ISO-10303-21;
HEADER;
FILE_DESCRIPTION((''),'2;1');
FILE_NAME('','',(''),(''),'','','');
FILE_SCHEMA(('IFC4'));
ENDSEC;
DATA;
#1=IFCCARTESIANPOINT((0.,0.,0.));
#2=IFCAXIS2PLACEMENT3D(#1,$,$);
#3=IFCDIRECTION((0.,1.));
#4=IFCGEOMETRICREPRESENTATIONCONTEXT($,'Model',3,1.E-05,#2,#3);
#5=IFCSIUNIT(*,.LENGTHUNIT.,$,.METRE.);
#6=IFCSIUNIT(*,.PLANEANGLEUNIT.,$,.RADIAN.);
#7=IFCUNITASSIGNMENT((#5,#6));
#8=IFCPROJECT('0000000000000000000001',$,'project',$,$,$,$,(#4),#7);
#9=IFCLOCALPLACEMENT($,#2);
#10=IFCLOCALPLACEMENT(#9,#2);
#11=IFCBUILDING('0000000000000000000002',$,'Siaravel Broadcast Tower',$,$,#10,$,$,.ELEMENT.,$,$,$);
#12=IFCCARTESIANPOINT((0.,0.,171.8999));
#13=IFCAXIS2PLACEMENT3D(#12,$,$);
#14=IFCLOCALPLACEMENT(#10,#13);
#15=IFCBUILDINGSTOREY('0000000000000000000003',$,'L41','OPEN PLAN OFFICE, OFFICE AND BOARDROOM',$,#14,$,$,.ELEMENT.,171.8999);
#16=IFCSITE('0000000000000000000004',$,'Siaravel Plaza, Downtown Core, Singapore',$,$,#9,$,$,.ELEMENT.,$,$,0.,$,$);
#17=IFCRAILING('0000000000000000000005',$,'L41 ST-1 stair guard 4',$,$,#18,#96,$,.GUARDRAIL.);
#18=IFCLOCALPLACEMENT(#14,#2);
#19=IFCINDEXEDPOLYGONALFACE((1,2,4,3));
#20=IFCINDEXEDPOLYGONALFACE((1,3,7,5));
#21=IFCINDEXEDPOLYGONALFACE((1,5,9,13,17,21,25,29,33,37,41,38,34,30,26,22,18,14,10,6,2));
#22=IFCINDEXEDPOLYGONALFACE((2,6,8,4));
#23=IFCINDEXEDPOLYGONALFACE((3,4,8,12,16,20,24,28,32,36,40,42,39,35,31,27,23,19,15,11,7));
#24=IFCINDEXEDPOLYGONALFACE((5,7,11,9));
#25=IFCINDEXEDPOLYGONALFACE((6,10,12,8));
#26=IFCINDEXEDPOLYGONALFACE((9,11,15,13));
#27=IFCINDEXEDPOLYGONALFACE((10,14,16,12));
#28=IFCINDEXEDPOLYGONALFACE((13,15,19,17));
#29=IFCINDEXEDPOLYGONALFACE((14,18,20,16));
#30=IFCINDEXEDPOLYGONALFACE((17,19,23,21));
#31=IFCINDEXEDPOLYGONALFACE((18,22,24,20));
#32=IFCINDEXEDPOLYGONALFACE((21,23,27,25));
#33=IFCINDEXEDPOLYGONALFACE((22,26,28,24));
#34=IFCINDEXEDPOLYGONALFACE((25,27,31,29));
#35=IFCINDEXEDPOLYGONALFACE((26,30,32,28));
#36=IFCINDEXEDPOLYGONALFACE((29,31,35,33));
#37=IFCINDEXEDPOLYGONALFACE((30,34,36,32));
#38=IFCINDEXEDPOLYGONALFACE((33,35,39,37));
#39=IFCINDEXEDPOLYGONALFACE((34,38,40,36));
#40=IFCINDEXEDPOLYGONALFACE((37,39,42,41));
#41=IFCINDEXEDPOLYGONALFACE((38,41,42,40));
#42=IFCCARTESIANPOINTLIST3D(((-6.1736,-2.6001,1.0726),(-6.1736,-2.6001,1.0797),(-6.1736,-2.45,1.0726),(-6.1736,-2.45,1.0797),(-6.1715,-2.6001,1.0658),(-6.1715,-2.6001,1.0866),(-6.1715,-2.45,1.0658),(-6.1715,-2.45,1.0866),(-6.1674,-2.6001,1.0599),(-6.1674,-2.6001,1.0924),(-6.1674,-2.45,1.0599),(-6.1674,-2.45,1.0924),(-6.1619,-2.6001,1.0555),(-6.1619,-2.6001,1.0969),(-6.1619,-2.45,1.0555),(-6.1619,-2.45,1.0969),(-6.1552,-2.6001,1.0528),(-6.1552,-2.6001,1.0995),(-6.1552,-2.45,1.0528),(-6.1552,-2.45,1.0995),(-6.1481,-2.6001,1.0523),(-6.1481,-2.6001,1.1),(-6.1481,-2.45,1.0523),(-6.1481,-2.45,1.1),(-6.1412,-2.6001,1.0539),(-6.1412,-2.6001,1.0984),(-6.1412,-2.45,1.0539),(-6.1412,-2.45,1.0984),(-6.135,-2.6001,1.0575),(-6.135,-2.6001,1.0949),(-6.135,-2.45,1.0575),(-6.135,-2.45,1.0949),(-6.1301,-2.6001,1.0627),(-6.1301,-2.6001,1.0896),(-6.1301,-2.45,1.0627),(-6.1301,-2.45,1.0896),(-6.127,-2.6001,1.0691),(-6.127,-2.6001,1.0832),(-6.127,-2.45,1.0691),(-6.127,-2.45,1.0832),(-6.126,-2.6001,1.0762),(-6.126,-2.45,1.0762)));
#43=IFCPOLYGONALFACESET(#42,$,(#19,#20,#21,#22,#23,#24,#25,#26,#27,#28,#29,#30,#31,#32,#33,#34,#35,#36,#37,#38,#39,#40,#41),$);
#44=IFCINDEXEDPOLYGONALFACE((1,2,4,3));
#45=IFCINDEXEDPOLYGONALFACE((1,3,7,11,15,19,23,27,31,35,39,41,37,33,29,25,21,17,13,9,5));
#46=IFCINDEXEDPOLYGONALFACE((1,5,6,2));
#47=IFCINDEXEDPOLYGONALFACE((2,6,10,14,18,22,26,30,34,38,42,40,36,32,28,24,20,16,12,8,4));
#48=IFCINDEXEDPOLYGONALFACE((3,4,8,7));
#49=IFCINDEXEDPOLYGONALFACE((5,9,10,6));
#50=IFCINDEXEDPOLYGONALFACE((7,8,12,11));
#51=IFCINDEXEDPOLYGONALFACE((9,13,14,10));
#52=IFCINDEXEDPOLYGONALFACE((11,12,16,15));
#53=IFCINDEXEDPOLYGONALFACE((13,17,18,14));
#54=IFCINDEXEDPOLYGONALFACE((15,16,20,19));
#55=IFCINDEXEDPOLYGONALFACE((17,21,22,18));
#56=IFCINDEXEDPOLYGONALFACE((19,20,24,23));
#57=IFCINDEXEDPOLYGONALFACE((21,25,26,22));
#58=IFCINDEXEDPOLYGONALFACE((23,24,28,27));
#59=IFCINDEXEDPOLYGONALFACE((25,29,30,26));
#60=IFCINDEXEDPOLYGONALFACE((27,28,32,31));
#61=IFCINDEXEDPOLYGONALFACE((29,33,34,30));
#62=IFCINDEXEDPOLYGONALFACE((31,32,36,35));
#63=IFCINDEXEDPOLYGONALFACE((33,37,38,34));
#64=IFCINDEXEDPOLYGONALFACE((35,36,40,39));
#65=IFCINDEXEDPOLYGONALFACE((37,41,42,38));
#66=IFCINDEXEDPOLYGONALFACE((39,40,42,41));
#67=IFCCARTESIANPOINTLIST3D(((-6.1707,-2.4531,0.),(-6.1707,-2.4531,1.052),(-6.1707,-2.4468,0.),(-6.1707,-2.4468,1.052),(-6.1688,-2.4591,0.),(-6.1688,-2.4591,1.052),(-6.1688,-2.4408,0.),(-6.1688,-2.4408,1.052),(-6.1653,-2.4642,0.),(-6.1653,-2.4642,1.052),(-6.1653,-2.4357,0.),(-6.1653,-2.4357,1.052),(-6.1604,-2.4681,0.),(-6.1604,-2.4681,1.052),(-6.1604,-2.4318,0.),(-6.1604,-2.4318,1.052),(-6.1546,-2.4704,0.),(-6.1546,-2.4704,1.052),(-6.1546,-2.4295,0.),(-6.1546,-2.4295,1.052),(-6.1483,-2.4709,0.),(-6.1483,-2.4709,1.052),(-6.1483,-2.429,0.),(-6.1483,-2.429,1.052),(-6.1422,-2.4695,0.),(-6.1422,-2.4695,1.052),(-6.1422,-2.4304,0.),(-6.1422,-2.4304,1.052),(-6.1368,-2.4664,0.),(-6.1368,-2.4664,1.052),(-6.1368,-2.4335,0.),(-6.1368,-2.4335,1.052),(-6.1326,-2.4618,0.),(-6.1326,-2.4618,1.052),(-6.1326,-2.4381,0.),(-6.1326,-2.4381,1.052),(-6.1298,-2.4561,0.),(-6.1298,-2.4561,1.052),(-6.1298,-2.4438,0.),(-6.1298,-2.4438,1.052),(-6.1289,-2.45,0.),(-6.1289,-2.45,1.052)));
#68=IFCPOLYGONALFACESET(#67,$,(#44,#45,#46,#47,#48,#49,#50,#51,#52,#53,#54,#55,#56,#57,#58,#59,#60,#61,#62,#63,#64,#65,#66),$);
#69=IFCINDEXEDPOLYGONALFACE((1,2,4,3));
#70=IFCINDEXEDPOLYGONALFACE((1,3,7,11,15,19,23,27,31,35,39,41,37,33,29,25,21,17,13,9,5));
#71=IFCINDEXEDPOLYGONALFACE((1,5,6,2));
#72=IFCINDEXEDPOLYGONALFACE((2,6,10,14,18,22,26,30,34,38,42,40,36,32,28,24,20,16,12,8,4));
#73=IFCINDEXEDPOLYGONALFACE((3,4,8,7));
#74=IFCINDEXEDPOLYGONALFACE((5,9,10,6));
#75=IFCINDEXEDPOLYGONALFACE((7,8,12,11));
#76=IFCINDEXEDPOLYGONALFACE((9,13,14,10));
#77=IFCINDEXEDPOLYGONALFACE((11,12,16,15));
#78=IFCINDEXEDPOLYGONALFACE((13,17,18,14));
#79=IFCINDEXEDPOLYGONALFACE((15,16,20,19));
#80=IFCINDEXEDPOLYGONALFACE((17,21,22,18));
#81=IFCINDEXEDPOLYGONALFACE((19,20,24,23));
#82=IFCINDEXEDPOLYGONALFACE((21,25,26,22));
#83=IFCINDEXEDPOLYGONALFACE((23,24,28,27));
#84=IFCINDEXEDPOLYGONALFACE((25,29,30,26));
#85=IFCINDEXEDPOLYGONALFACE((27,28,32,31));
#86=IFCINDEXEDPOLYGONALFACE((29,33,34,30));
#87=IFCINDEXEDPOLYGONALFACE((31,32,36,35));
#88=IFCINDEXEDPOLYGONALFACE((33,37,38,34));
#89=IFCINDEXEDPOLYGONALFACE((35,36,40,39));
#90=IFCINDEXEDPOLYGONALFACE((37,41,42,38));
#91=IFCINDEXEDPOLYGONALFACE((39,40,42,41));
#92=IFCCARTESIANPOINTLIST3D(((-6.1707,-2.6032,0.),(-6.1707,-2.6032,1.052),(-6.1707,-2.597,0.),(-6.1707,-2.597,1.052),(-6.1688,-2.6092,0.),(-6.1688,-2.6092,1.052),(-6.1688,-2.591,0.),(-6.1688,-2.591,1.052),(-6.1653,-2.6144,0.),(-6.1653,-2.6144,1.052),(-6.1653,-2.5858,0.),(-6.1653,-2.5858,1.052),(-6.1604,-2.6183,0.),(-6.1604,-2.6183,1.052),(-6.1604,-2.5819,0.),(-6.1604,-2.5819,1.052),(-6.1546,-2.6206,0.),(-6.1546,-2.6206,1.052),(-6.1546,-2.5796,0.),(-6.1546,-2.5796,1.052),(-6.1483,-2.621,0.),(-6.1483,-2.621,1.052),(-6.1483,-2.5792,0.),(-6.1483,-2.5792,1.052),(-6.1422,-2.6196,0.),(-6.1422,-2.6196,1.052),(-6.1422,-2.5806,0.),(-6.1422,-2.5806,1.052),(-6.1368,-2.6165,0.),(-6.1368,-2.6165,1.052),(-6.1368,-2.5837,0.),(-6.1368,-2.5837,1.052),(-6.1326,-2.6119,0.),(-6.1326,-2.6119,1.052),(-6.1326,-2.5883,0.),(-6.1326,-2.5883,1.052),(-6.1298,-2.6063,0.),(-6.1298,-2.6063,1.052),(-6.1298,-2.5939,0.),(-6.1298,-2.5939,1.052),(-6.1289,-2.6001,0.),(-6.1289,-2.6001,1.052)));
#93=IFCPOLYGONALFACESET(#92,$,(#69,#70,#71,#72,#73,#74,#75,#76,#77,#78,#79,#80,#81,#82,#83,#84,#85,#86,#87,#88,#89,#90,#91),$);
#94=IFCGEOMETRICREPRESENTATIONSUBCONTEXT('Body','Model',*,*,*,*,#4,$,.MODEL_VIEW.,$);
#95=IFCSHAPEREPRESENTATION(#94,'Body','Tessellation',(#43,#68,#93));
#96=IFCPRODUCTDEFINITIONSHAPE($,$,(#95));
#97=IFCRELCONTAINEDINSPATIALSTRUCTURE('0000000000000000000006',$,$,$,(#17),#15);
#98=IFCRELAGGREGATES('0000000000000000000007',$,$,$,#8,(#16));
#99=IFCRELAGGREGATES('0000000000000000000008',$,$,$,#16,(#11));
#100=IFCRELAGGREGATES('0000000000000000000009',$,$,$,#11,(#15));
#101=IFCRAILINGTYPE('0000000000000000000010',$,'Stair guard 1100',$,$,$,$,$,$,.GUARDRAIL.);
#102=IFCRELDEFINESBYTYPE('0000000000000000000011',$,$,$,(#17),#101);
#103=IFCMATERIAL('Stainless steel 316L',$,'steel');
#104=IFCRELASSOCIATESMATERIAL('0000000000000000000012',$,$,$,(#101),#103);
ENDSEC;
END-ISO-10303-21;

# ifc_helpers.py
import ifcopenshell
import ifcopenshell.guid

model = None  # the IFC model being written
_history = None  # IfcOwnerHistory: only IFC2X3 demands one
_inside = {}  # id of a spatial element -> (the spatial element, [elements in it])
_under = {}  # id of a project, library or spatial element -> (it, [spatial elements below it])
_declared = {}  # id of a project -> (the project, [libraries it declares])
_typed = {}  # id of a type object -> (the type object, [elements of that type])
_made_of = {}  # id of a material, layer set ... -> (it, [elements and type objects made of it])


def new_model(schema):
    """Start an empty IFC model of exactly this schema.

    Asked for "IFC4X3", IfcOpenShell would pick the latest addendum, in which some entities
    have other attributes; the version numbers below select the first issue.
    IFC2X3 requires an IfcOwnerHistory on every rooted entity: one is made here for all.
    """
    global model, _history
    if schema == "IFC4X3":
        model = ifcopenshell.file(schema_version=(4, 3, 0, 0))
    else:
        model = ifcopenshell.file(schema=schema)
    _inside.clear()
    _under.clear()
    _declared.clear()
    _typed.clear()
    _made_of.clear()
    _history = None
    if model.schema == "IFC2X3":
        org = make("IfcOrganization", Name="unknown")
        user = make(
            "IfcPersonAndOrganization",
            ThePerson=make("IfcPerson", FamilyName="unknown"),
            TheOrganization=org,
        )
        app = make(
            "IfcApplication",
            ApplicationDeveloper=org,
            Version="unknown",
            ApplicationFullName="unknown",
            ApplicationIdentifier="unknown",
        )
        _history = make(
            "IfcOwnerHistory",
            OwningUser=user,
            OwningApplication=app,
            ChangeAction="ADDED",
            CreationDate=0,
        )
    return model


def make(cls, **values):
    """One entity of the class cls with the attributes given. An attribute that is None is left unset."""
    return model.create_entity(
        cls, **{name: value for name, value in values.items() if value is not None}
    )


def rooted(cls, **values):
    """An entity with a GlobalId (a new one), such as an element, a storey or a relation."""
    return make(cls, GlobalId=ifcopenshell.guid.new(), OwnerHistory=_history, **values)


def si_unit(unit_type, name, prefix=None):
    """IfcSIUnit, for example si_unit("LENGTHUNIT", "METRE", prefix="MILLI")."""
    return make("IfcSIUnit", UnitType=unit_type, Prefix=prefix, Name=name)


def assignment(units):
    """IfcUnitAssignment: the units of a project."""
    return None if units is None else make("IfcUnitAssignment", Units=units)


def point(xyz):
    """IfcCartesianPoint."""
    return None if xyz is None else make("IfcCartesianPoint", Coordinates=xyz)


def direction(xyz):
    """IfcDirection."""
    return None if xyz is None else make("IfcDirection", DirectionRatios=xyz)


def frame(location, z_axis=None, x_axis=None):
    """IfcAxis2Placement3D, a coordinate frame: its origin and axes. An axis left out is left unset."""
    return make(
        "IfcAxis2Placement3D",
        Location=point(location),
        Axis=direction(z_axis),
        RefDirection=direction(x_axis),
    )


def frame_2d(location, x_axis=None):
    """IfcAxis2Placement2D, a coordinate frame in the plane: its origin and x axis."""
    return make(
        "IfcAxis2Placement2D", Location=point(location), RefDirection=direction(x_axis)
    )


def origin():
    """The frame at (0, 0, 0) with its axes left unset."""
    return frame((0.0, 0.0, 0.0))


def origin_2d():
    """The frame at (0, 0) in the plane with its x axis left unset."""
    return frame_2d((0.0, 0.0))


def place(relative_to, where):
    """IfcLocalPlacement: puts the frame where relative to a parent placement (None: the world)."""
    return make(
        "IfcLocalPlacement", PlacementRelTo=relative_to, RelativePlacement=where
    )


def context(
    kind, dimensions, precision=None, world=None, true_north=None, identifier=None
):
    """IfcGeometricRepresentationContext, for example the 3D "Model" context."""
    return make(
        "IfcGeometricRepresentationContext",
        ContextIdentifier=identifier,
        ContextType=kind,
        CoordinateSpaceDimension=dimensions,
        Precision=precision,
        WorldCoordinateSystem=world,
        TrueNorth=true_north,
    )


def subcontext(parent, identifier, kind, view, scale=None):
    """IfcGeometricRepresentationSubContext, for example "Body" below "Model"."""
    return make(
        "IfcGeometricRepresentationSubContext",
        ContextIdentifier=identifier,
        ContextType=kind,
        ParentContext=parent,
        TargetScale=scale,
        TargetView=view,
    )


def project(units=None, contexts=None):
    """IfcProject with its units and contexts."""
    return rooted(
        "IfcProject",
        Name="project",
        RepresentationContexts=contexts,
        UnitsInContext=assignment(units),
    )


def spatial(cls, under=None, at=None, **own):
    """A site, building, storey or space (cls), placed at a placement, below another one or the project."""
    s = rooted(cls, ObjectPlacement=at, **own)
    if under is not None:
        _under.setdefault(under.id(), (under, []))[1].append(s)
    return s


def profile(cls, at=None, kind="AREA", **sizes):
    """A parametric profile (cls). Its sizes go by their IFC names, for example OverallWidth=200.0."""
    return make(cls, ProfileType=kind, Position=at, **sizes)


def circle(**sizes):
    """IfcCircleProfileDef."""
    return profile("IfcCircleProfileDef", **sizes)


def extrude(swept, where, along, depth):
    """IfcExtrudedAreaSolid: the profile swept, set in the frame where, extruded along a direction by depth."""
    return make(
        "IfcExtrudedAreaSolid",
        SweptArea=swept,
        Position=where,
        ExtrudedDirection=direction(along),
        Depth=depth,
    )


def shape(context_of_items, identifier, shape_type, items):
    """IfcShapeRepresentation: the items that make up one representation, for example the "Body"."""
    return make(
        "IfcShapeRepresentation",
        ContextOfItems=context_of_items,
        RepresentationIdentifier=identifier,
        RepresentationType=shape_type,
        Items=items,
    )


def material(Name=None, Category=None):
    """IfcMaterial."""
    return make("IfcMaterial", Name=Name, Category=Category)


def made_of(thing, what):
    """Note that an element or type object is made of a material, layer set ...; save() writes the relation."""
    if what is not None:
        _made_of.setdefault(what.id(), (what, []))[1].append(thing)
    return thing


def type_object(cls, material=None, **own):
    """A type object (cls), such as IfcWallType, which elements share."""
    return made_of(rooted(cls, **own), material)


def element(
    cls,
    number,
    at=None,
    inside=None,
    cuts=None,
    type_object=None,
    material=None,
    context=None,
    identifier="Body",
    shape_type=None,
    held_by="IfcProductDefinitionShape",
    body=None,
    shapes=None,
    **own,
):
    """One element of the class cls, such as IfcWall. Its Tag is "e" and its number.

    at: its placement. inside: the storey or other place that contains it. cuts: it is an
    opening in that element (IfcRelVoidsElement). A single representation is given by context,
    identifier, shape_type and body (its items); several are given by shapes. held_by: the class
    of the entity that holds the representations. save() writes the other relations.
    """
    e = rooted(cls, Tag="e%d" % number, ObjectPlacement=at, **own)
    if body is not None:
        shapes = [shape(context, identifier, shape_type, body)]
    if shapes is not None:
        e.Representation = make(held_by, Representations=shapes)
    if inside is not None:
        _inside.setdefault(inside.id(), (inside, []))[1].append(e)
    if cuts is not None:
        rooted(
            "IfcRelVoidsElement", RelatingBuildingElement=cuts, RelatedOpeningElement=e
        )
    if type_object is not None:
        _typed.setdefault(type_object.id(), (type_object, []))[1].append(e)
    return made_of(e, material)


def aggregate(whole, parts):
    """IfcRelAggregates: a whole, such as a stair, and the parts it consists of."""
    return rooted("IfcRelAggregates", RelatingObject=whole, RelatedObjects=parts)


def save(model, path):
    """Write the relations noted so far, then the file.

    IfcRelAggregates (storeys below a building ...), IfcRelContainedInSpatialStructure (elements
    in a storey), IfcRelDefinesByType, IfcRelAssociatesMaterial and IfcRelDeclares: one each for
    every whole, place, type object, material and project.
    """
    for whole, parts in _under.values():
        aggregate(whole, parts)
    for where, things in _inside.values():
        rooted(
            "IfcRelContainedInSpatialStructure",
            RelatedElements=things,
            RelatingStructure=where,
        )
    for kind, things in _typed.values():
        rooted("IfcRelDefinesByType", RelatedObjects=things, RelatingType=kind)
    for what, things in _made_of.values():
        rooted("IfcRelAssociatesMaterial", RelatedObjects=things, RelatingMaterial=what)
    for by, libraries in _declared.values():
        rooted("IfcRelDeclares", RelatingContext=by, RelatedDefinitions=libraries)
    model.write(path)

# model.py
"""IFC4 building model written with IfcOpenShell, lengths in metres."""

from ifc_helpers import new_model, si_unit, direction, frame, origin, origin_2d, place, context, subcontext, project, spatial, circle, extrude, material, type_object, element, save


model = new_model("IFC4")

# Units and contexts
model_context = context("Model", 3, precision=1e-05, world=origin(), true_north=direction((0.0, 1.0)))
body_context = subcontext(model_context, "Body", "Model", "MODEL_VIEW")
ifc_project = project(units=[si_unit("LENGTHUNIT", "METRE"), si_unit("PLANEANGLEUNIT", "RADIAN")], contexts=[model_context])

# Site, building, storey
site_placement = place(None, origin())
site = spatial("IfcSite", under=ifc_project, at=site_placement, Name="Siaravel Plaza, Downtown Core, Singapore", CompositionType="ELEMENT", RefElevation=0.0)
building_placement = place(site_placement, origin())
building = spatial("IfcBuilding", under=site, at=building_placement, Name="Siaravel Broadcast Tower", CompositionType="ELEMENT")
storey_placement = place(building_placement, frame((0.0, 0.0, 171.8999)))
storey = spatial("IfcBuildingStorey", under=building, at=storey_placement, Name="L41", Description="OPEN PLAN OFFICE, OFFICE AND BOARDROOM", CompositionType="ELEMENT", Elevation=171.8999)

# Shared definitions
ifc_material_1 = material(Name="Stainless steel 316L", Category="steel")

# Railing
railing_type_1 = type_object("IfcRailingType", Name="Stair guard 1100", PredefinedType="GUARDRAIL", material=ifc_material_1)
railing_1_placement = place(storey_placement, frame((-6.1499, -2.45, 0.0)))
element("IfcRailing", 1, at=railing_1_placement, inside=storey, type_object=railing_type_1, Name="L41 ST-1 stair guard 4", PredefinedType="GUARDRAIL", context=body_context, shape_type="SweptSolid", body=[
    extrude(circle(Radius=0.0239, at=origin_2d()), frame((0.0, 0.0, 1.0762), z_axis=(0.0, -1.0, 0.0), x_axis=(1.0, 0.0, 0.0)), (0.0, 0.0, 1.0), 0.1501),
    extrude(circle(Radius=0.021, at=origin_2d()), origin(), (0.0, 0.0, 1.0), 1.052),
    extrude(circle(Radius=0.021, at=origin_2d()), frame((0.0, -0.1501, 0.0)), (0.0, 0.0, 1.0), 1.052),
])

save(model, "model.ifc")
